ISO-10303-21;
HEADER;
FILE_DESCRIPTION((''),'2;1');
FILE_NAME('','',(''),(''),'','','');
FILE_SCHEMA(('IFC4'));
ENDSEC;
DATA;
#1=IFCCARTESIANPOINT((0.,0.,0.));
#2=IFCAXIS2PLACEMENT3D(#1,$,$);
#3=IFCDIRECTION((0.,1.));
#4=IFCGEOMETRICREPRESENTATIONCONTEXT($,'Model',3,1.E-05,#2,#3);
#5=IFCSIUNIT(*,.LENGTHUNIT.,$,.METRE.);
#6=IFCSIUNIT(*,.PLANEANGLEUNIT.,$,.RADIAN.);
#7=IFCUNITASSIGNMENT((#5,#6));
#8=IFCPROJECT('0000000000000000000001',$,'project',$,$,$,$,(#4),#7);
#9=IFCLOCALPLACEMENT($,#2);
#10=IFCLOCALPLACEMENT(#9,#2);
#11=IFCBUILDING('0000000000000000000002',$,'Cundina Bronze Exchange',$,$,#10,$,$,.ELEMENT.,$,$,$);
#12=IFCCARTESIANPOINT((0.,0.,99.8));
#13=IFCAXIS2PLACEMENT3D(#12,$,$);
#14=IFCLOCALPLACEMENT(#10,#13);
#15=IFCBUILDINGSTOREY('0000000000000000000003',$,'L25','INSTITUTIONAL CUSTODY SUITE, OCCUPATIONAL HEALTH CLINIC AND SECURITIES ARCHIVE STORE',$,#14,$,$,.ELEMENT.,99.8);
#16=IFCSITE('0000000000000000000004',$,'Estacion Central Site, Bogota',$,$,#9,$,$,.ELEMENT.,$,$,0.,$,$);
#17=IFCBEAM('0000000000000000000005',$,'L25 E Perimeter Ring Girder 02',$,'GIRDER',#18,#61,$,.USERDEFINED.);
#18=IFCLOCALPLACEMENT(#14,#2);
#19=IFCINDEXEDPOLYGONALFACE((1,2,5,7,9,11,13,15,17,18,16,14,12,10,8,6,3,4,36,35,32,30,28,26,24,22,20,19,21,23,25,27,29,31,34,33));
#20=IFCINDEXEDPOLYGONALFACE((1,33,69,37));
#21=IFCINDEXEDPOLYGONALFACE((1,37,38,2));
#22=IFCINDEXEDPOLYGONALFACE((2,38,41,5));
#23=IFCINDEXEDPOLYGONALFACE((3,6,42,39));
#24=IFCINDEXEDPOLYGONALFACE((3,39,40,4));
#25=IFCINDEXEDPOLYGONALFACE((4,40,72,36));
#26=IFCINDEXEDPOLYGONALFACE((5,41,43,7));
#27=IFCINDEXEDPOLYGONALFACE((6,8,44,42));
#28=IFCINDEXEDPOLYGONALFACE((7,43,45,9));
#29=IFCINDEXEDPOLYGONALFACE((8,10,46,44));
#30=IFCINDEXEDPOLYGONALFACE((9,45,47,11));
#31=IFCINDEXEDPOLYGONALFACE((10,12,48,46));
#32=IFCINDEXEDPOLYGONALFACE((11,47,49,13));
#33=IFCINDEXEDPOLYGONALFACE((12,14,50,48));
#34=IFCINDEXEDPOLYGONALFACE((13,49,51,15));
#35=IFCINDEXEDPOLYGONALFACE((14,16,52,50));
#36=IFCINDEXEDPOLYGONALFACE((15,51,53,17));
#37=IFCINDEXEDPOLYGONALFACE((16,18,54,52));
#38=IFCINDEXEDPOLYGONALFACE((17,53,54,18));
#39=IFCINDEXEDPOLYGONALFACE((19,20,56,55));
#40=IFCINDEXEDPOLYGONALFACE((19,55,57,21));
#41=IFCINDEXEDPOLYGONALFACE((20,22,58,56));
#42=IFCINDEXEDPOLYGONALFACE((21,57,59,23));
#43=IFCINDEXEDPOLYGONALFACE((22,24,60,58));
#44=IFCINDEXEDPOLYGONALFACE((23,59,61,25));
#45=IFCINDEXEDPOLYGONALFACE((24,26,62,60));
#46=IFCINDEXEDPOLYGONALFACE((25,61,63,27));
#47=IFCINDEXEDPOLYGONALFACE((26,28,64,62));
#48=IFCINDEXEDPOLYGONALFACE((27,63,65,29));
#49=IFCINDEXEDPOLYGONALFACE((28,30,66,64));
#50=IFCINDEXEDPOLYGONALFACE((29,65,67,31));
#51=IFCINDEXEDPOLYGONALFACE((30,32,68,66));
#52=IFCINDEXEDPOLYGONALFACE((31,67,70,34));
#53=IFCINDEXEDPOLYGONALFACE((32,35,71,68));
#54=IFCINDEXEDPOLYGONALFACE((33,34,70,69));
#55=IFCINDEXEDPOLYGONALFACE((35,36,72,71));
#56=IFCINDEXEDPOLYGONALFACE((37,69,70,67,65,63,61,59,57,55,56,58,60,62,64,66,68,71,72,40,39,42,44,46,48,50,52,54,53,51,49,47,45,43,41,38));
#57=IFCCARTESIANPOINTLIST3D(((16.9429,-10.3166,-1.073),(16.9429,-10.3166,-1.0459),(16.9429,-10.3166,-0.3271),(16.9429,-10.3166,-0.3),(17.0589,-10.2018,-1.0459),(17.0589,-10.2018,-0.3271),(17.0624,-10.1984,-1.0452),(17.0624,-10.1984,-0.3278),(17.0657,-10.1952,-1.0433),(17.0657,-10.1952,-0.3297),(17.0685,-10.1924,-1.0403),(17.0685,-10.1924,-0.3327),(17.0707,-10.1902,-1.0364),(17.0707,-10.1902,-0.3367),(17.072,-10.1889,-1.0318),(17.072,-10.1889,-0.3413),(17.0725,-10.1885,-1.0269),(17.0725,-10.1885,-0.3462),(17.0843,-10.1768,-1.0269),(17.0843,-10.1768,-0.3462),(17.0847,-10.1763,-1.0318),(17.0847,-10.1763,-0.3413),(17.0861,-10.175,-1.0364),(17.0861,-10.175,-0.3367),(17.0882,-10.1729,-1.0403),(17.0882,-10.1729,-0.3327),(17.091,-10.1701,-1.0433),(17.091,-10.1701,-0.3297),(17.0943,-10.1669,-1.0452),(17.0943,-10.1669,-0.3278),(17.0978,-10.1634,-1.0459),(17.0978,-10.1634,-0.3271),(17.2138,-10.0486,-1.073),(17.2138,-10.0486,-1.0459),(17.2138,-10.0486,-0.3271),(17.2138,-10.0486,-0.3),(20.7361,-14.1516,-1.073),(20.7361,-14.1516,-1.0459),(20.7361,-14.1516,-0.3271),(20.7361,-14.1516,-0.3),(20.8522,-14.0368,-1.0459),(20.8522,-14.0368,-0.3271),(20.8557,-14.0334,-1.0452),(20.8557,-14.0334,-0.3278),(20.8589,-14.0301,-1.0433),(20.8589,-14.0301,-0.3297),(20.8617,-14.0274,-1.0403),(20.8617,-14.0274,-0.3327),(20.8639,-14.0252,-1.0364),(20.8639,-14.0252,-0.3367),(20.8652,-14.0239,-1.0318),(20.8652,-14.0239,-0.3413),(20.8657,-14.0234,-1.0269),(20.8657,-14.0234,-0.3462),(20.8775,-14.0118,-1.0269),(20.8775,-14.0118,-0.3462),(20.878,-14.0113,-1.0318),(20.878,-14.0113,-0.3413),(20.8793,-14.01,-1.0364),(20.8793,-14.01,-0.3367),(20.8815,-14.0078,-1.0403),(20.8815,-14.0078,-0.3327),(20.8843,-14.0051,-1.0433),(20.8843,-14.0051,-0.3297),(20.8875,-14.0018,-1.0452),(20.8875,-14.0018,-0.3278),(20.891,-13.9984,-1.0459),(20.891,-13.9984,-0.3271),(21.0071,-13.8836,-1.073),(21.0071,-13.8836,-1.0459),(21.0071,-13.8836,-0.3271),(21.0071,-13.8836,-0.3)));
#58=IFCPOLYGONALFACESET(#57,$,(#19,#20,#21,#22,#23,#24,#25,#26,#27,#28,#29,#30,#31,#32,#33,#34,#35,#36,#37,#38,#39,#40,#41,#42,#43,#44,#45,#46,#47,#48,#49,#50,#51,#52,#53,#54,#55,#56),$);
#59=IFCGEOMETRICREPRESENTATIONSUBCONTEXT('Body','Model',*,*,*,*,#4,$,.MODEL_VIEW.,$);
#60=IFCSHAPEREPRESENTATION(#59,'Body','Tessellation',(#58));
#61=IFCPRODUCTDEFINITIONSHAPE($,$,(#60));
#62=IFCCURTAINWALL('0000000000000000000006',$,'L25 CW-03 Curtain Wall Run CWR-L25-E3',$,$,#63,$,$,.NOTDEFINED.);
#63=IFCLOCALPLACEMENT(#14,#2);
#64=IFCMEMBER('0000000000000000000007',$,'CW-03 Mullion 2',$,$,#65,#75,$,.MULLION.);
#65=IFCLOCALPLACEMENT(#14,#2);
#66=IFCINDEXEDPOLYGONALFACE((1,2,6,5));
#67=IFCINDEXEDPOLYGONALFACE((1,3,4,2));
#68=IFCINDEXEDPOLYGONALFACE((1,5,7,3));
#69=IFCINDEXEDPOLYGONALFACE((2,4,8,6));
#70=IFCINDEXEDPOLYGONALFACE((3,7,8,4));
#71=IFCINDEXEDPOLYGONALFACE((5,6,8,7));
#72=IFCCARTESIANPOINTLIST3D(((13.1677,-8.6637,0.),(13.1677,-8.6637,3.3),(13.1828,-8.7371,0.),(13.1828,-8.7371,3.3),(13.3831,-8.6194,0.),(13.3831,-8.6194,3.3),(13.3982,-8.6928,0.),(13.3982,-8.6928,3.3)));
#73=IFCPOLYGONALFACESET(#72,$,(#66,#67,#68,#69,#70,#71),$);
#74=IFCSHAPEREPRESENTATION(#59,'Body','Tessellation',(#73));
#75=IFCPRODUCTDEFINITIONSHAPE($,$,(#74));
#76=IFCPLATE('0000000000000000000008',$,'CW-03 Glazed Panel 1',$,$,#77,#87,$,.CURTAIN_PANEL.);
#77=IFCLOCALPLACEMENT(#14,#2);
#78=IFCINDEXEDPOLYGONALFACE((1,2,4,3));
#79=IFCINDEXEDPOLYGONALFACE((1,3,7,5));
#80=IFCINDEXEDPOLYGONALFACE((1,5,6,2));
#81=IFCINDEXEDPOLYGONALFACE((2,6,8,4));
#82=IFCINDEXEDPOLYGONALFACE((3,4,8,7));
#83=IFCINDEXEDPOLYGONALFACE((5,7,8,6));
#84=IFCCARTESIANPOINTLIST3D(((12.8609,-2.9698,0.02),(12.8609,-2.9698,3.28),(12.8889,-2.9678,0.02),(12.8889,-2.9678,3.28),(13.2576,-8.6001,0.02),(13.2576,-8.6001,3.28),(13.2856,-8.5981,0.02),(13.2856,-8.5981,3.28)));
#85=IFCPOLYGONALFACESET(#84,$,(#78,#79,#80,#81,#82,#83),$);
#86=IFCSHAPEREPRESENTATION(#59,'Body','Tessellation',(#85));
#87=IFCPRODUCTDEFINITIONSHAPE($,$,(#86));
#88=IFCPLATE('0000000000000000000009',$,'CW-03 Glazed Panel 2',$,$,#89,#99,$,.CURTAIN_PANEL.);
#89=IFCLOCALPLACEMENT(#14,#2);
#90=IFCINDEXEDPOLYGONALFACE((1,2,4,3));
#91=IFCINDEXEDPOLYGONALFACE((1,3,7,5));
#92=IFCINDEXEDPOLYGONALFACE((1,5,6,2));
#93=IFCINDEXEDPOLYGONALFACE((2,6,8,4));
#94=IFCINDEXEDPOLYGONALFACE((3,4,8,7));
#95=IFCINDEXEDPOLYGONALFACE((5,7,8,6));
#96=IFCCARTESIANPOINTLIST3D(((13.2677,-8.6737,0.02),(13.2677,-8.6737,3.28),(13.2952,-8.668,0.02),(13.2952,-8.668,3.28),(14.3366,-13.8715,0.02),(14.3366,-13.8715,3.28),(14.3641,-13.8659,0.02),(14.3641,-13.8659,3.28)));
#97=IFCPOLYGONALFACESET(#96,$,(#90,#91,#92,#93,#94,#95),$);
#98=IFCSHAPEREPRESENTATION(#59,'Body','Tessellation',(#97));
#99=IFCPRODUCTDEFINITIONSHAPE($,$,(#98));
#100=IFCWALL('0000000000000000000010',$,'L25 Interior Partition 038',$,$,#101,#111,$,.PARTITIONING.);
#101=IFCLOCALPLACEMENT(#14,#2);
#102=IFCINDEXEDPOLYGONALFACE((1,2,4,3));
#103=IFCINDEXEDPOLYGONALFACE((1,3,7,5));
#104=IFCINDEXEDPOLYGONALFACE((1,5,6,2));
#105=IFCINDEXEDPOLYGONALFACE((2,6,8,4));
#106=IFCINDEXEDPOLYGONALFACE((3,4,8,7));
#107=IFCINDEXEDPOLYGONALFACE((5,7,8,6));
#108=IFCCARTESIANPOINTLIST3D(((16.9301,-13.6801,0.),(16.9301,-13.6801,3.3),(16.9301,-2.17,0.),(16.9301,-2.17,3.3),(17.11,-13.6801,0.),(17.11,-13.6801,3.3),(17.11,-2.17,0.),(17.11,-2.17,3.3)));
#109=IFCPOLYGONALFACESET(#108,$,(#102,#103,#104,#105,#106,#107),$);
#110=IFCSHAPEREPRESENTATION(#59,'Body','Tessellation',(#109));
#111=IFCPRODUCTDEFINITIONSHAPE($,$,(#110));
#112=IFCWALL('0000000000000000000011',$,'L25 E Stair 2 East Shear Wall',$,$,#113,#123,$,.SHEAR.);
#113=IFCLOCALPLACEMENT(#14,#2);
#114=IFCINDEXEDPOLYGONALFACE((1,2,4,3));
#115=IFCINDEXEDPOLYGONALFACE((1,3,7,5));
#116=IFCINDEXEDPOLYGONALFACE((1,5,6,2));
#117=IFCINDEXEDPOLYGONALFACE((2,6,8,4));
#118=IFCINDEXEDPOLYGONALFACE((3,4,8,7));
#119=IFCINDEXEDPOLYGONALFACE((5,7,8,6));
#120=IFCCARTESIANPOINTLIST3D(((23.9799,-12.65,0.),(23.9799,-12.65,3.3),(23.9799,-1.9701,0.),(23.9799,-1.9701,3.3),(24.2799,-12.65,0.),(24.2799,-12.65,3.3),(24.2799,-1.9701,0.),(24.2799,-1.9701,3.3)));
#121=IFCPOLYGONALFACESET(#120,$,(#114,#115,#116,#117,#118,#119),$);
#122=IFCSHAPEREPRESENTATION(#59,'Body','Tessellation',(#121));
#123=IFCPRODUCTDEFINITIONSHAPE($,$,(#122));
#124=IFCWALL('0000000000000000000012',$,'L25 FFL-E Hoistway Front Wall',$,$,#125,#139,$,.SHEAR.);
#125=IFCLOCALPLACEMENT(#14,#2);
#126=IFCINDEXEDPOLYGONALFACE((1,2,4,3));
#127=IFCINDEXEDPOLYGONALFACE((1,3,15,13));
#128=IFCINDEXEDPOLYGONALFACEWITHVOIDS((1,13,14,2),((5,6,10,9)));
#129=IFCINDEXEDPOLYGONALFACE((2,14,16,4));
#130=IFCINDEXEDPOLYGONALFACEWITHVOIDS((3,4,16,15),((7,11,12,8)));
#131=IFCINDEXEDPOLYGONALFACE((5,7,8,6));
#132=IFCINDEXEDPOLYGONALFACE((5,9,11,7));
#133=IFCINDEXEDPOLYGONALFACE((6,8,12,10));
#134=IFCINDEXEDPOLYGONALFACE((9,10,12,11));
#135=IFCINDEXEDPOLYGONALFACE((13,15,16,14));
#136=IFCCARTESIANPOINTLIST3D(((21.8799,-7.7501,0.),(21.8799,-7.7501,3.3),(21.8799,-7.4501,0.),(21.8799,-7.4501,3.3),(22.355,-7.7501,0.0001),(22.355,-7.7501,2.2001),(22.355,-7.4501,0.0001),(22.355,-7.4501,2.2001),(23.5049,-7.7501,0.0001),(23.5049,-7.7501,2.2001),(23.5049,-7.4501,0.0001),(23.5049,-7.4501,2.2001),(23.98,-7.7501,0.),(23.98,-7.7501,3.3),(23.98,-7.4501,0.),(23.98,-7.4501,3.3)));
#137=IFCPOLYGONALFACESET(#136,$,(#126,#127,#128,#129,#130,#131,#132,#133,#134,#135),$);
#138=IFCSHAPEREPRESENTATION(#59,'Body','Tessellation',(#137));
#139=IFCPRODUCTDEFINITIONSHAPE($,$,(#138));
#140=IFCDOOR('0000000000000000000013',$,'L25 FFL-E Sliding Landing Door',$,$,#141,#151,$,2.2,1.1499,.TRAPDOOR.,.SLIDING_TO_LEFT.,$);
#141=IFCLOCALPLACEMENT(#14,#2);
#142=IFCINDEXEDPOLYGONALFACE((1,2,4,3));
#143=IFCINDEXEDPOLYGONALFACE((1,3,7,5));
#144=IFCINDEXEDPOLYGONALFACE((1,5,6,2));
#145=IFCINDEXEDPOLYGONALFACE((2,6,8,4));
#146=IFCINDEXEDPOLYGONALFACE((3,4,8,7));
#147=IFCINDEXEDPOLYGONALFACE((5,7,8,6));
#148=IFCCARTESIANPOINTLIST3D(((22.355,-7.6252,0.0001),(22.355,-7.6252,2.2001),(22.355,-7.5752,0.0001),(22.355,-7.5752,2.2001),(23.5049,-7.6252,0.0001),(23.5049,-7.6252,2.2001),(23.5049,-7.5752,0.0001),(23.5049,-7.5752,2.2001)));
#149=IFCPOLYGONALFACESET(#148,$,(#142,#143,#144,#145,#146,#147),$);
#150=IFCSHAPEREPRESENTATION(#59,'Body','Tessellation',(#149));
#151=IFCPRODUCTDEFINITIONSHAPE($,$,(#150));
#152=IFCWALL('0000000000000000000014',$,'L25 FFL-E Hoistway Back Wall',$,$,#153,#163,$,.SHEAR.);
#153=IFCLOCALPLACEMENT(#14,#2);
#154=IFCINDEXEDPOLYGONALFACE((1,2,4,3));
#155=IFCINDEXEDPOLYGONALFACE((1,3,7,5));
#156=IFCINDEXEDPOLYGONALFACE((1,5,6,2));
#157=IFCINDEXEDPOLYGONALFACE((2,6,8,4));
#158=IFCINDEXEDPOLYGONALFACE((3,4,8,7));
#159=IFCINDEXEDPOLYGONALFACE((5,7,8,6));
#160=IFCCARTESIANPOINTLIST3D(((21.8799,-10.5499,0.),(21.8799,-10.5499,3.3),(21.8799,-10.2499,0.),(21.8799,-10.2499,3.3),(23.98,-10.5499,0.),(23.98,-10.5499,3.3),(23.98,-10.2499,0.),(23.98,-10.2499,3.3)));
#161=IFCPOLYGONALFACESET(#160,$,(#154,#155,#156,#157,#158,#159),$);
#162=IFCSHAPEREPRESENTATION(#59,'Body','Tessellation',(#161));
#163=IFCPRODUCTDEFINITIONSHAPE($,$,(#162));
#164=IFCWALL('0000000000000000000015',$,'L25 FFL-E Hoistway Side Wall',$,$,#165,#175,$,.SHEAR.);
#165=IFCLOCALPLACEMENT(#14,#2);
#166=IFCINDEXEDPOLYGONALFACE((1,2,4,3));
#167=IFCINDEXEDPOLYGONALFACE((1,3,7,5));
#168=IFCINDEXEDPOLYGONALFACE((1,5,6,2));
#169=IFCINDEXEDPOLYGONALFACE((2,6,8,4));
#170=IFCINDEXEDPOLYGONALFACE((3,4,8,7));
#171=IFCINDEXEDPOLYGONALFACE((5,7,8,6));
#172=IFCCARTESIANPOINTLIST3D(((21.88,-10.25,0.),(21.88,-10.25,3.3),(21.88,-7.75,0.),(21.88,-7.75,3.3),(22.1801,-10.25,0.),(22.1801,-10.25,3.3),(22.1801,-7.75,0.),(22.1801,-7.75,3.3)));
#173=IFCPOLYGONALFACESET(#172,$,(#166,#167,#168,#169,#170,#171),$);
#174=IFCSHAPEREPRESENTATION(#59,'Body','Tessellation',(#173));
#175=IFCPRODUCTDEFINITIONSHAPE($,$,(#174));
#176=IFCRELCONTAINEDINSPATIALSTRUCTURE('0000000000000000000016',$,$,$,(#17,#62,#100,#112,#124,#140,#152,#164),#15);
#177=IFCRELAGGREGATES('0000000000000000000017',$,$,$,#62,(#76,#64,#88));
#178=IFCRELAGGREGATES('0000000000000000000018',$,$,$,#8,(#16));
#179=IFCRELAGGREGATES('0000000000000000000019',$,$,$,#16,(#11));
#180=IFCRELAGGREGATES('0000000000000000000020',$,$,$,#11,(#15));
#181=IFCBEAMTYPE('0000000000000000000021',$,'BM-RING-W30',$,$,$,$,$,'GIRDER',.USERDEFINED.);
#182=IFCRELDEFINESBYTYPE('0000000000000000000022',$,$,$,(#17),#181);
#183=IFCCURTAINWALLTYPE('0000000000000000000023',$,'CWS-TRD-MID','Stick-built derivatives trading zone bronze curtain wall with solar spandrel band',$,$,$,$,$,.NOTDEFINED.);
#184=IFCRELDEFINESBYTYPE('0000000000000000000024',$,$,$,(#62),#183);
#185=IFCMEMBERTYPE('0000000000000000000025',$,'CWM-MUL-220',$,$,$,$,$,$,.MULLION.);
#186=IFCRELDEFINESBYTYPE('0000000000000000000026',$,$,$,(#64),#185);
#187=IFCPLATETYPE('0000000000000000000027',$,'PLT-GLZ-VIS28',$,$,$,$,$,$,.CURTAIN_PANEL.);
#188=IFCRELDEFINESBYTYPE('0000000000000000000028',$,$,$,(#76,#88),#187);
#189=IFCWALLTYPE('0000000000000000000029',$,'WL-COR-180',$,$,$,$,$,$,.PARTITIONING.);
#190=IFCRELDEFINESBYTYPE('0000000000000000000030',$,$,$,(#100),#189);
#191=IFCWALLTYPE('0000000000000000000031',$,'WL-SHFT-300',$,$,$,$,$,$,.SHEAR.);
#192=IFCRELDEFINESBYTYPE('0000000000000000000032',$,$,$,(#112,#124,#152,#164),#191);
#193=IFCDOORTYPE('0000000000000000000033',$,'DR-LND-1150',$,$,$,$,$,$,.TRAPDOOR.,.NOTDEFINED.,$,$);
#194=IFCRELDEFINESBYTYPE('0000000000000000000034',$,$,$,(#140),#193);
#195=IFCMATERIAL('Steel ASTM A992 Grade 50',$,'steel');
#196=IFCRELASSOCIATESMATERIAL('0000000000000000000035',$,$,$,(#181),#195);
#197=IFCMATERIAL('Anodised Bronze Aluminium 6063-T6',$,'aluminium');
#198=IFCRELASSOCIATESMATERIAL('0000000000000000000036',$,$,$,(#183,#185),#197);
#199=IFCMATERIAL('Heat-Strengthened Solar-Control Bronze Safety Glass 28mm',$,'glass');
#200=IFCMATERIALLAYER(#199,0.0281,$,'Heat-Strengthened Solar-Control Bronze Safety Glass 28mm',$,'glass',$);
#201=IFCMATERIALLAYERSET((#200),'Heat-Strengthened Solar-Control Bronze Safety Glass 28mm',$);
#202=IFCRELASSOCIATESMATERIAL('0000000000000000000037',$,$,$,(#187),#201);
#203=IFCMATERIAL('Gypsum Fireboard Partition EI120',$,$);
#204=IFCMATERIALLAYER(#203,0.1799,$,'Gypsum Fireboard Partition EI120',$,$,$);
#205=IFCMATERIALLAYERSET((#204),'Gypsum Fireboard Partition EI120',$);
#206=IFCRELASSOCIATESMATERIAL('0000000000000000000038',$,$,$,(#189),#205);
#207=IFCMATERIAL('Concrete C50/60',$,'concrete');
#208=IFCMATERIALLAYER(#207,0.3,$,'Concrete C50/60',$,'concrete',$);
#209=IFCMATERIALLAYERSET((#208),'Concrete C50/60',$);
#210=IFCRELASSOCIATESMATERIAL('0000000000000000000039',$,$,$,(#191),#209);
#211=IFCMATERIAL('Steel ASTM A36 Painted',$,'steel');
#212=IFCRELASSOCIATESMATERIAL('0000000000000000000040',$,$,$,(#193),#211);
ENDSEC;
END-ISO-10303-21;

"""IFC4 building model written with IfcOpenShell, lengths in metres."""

from ifc_helpers import new_model, si_unit, direction, frame, frame_2d, origin, origin_2d, place, context, subcontext, project, spatial, rectangle, i_section, extrude, material, layer, layer_set, material_profile, profile_set, type_object, element, fill, aggregate, save


model = new_model("IFC4")

# Units and contexts
model_context = context("Model", 3, precision=1e-05, world=origin(), true_north=direction((0.0, 1.0)))
body_context = subcontext(model_context, "Body", "Model", "MODEL_VIEW")
ifc_project = project(units=[si_unit("LENGTHUNIT", "METRE"), si_unit("PLANEANGLEUNIT", "RADIAN")], contexts=[model_context])

# Site, building, storey
site_placement = place(None, origin())
site = spatial("IfcSite", under=ifc_project, at=site_placement, Name="Estacion Central Site, Bogota", CompositionType="ELEMENT", RefElevation=0.0)
building_placement = place(site_placement, origin())
building = spatial("IfcBuilding", under=site, at=building_placement, Name="Cundina Bronze Exchange", CompositionType="ELEMENT")
storey_placement = place(building_placement, frame((0.0, 0.0, 99.8)))
storey = spatial("IfcBuildingStorey", under=building, at=storey_placement, Name="L25", Description="INSTITUTIONAL CUSTODY SUITE, OCCUPATIONAL HEALTH CLINIC AND SECURITIES ARCHIVE STORE", CompositionType="ELEMENT", Elevation=99.8)

# Beam
ifc_material_1 = material(Name="Steel ASTM A992 Grade 50", Category="steel")
ifc_material_profile_1 = material_profile(ifc_material_1, i_section(OverallWidth=0.3811, OverallDepth=0.7729, WebThickness=0.0166, FlangeThickness=0.0271, FilletRadius=0.019, at=origin_2d()), Name="W30X173", Category="steel")
ifc_profile_set_1 = profile_set([ifc_material_profile_1], Name="Steel ASTM A992 Grade 50")
beam_type_1 = type_object("IfcBeamType", Name="BM-RING-W30", ElementType="GIRDER", PredefinedType="USERDEFINED", material=ifc_profile_set_1)
beam_1_placement = place(storey_placement, frame((17.0784, -10.1826, -0.6865), z_axis=(0.703226, -0.710966, 0.0), x_axis=(0.710966, 0.703226, 0.0)))
element("IfcBeam", 1, at=beam_1_placement, inside=storey, type_object=beam_type_1, Name="L25 E Perimeter Ring Girder 02", ObjectType="GIRDER", PredefinedType="USERDEFINED", context=body_context, shape_type="SweptSolid", body=[
    extrude(i_section(OverallWidth=0.3811, OverallDepth=0.7729, WebThickness=0.0166, FlangeThickness=0.0271, FilletRadius=0.019, at=origin_2d()), origin(), (0.0, 0.0, 1.0), 5.394),
])

# Curtain wall, member, plates
ifc_material_2 = material(Name="Anodised Bronze Aluminium 6063-T6", Category="aluminium")
curtain_wall_type = type_object("IfcCurtainWallType", Name="CWS-TRD-MID", Description="Stick-built derivatives trading zone bronze curtain wall with solar spandrel band", PredefinedType="NOTDEFINED", material=ifc_material_2)
curtain_wall_placement = place(storey_placement, origin())
curtain_wall = element("IfcCurtainWall", 2, at=curtain_wall_placement, inside=storey, type_object=curtain_wall_type, Name="L25 CW-03 Curtain Wall Run CWR-L25-E3", PredefinedType="NOTDEFINED")
ifc_material_profile_2 = material_profile(ifc_material_2, rectangle(XDim=0.075, YDim=0.22, at=origin_2d()), Name="AL75X220", Category="aluminium")
ifc_profile_set_2 = profile_set([ifc_material_profile_2], Name="Anodised Bronze Aluminium 6063-T6")
member_type = type_object("IfcMemberType", Name="CWM-MUL-220", PredefinedType="MULLION", material=ifc_profile_set_2)
member_placement = place(storey_placement, frame((13.283, -8.6782, 0.0), z_axis=(0.0, 0.0, 1.0), x_axis=(0.20142, -0.979505, 0.0)))
member = element("IfcMember", 3, at=member_placement, type_object=member_type, Name="CW-03 Mullion 2", PredefinedType="MULLION", context=body_context, shape_type="SweptSolid", body=[
    extrude(rectangle(XDim=0.075, YDim=0.22, at=origin_2d()), origin(), (0.0, 0.0, 1.0), 3.3),
])
ifc_material_3 = material(Name="Heat-Strengthened Solar-Control Bronze Safety Glass 28mm", Category="glass")
ifc_layer_1 = layer(ifc_material_3, 0.0281, Name="Heat-Strengthened Solar-Control Bronze Safety Glass 28mm", Category="glass")
ifc_layer_set_1 = layer_set([ifc_layer_1], Name="Heat-Strengthened Solar-Control Bronze Safety Glass 28mm")
plate_type = type_object("IfcPlateType", Name="PLT-GLZ-VIS28", PredefinedType="CURTAIN_PANEL", material=ifc_layer_set_1)
plate_1_placement = place(storey_placement, frame((13.0732, -5.7839, 0.02), z_axis=(0.0, 0.0, 1.0), x_axis=(0.070279, -0.997527, 0.0)))
plate_1 = element("IfcPlate", 4, at=plate_1_placement, type_object=plate_type, Name="CW-03 Glazed Panel 1", PredefinedType="CURTAIN_PANEL", context=body_context, shape_type="SweptSolid", body=[
    extrude(rectangle(XDim=5.6443, YDim=0.0281, at=origin_2d()), origin(), (0.0, 0.0, 1.0), 3.26),
])
plate_2_placement = place(storey_placement, frame((13.8159, -11.2698, 0.02), z_axis=(0.0, 0.0, 1.0), x_axis=(0.20142, -0.979505, 0.0)))
plate_2 = element("IfcPlate", 5, at=plate_2_placement, type_object=plate_type, Name="CW-03 Glazed Panel 2", PredefinedType="CURTAIN_PANEL", context=body_context, shape_type="SweptSolid", body=[
    extrude(rectangle(XDim=5.3066, YDim=0.0281, at=origin_2d()), origin(), (0.0, 0.0, 1.0), 3.26),
])
aggregate(curtain_wall, [plate_1, member, plate_2])

# Walls
ifc_material_4 = material(Name="Gypsum Fireboard Partition EI120")
ifc_layer_2 = layer(ifc_material_4, 0.1799, Name="Gypsum Fireboard Partition EI120")
ifc_layer_set_2 = layer_set([ifc_layer_2], Name="Gypsum Fireboard Partition EI120")
wall_type_1 = type_object("IfcWallType", Name="WL-COR-180", PredefinedType="PARTITIONING", material=ifc_layer_set_2)
wall_1_placement = place(storey_placement, frame((17.02, -13.6799, 0.0), z_axis=(0.0, 0.0, 1.0), x_axis=(0.0, 1.0, 0.0)))
element("IfcWall", 6, at=wall_1_placement, inside=storey, type_object=wall_type_1, Name="L25 Interior Partition 038", PredefinedType="PARTITIONING", context=body_context, shape_type="SweptSolid", body=[
    extrude(rectangle(XDim=11.51, YDim=0.1799, at=frame_2d((5.7549, 0.0))), origin(), (0.0, 0.0, 1.0), 3.3),
])
ifc_material_5 = material(Name="Concrete C50/60", Category="concrete")
ifc_layer_3 = layer(ifc_material_5, 0.3, Name="Concrete C50/60", Category="concrete")
ifc_layer_set_3 = layer_set([ifc_layer_3], Name="Concrete C50/60")
wall_type_2 = type_object("IfcWallType", Name="WL-SHFT-300", PredefinedType="SHEAR", material=ifc_layer_set_3)
wall_2_placement = place(storey_placement, frame((24.1299, -12.6499, 0.0), z_axis=(0.0, 0.0, 1.0), x_axis=(0.0, 1.0, 0.0)))
element("IfcWall", 7, at=wall_2_placement, inside=storey, type_object=wall_type_2, Name="L25 E Stair 2 East Shear Wall", PredefinedType="SHEAR", context=body_context, shape_type="SweptSolid", body=[
    extrude(rectangle(XDim=10.6799, YDim=0.3, at=frame_2d((5.3398, 0.0))), origin(), (0.0, 0.0, 1.0), 3.3),
])

# Wall, opening, door
ifc_material_6 = material(Name="Steel ASTM A36 Painted", Category="steel")
wall_3_placement = place(storey_placement, frame((21.8799, -7.6001, 0.0), z_axis=(0.0, 0.0, 1.0), x_axis=(1.0, 0.0, 0.0)))
wall_3 = element("IfcWall", 8, at=wall_3_placement, inside=storey, type_object=wall_type_2, Name="L25 FFL-E Hoistway Front Wall", PredefinedType="SHEAR", context=body_context, shape_type="SweptSolid", body=[
    extrude(rectangle(XDim=2.1001, YDim=0.3, at=frame_2d((1.05, 0.0))), origin(), (0.0, 0.0, 1.0), 3.3),
])
opening_1_placement = place(wall_3_placement, frame((0.4751, 0.0, 0.0)))
opening_1 = element("IfcOpeningElement", 9, at=opening_1_placement, cuts=wall_3, PredefinedType="OPENING", context=body_context, shape_type="SweptSolid", body=[
    extrude(rectangle(XDim=1.1499, YDim=2.2, at=frame_2d((0.575, 1.1001))), frame((0.0, 0.1599, 0.0), z_axis=(0.0, -1.0, 0.0), x_axis=(1.0, 0.0, 0.0)), (0.0, 0.0, 1.0), 0.3201),
])
door_type_1 = type_object("IfcDoorType", Name="DR-LND-1150", OperationType="NOTDEFINED", PredefinedType="TRAPDOOR", material=ifc_material_6)
door_1_placement = place(opening_1_placement, origin())
door_1 = element("IfcDoor", 10, at=door_1_placement, inside=storey, type_object=door_type_1, Name="L25 FFL-E Sliding Landing Door", OperationType="SLIDING_TO_LEFT", OverallHeight=2.2, OverallWidth=1.1499, PredefinedType="TRAPDOOR", context=body_context, shape_type="SweptSolid", body=[
    extrude(rectangle(XDim=1.1499, YDim=2.2, at=frame_2d((0.575, 1.1001))), frame((0.0, 0.0249, 0.0), z_axis=(0.0, -1.0, 0.0), x_axis=(1.0, 0.0, 0.0)), (0.0, 0.0, 1.0), 0.05),
])
fill(opening_1, door_1)

# Walls
wall_4_placement = place(storey_placement, frame((21.8799, -10.3999, 0.0), z_axis=(0.0, 0.0, 1.0), x_axis=(1.0, 0.0, 0.0)))
element("IfcWall", 11, at=wall_4_placement, inside=storey, type_object=wall_type_2, Name="L25 FFL-E Hoistway Back Wall", PredefinedType="SHEAR", context=body_context, shape_type="SweptSolid", body=[
    extrude(rectangle(XDim=2.1001, YDim=0.3, at=frame_2d((1.05, 0.0))), origin(), (0.0, 0.0, 1.0), 3.3),
])
wall_5_placement = place(storey_placement, frame((22.03, -10.25, 0.0), z_axis=(0.0, 0.0, 1.0), x_axis=(0.0, 1.0, 0.0)))
element("IfcWall", 12, at=wall_5_placement, inside=storey, type_object=wall_type_2, Name="L25 FFL-E Hoistway Side Wall", PredefinedType="SHEAR", context=body_context, shape_type="SweptSolid", body=[
    extrude(rectangle(XDim=2.5, YDim=0.3, at=frame_2d((1.25, 0.0))), origin(), (0.0, 0.0, 1.0), 3.3),
])

save(model, "model.ifc")
